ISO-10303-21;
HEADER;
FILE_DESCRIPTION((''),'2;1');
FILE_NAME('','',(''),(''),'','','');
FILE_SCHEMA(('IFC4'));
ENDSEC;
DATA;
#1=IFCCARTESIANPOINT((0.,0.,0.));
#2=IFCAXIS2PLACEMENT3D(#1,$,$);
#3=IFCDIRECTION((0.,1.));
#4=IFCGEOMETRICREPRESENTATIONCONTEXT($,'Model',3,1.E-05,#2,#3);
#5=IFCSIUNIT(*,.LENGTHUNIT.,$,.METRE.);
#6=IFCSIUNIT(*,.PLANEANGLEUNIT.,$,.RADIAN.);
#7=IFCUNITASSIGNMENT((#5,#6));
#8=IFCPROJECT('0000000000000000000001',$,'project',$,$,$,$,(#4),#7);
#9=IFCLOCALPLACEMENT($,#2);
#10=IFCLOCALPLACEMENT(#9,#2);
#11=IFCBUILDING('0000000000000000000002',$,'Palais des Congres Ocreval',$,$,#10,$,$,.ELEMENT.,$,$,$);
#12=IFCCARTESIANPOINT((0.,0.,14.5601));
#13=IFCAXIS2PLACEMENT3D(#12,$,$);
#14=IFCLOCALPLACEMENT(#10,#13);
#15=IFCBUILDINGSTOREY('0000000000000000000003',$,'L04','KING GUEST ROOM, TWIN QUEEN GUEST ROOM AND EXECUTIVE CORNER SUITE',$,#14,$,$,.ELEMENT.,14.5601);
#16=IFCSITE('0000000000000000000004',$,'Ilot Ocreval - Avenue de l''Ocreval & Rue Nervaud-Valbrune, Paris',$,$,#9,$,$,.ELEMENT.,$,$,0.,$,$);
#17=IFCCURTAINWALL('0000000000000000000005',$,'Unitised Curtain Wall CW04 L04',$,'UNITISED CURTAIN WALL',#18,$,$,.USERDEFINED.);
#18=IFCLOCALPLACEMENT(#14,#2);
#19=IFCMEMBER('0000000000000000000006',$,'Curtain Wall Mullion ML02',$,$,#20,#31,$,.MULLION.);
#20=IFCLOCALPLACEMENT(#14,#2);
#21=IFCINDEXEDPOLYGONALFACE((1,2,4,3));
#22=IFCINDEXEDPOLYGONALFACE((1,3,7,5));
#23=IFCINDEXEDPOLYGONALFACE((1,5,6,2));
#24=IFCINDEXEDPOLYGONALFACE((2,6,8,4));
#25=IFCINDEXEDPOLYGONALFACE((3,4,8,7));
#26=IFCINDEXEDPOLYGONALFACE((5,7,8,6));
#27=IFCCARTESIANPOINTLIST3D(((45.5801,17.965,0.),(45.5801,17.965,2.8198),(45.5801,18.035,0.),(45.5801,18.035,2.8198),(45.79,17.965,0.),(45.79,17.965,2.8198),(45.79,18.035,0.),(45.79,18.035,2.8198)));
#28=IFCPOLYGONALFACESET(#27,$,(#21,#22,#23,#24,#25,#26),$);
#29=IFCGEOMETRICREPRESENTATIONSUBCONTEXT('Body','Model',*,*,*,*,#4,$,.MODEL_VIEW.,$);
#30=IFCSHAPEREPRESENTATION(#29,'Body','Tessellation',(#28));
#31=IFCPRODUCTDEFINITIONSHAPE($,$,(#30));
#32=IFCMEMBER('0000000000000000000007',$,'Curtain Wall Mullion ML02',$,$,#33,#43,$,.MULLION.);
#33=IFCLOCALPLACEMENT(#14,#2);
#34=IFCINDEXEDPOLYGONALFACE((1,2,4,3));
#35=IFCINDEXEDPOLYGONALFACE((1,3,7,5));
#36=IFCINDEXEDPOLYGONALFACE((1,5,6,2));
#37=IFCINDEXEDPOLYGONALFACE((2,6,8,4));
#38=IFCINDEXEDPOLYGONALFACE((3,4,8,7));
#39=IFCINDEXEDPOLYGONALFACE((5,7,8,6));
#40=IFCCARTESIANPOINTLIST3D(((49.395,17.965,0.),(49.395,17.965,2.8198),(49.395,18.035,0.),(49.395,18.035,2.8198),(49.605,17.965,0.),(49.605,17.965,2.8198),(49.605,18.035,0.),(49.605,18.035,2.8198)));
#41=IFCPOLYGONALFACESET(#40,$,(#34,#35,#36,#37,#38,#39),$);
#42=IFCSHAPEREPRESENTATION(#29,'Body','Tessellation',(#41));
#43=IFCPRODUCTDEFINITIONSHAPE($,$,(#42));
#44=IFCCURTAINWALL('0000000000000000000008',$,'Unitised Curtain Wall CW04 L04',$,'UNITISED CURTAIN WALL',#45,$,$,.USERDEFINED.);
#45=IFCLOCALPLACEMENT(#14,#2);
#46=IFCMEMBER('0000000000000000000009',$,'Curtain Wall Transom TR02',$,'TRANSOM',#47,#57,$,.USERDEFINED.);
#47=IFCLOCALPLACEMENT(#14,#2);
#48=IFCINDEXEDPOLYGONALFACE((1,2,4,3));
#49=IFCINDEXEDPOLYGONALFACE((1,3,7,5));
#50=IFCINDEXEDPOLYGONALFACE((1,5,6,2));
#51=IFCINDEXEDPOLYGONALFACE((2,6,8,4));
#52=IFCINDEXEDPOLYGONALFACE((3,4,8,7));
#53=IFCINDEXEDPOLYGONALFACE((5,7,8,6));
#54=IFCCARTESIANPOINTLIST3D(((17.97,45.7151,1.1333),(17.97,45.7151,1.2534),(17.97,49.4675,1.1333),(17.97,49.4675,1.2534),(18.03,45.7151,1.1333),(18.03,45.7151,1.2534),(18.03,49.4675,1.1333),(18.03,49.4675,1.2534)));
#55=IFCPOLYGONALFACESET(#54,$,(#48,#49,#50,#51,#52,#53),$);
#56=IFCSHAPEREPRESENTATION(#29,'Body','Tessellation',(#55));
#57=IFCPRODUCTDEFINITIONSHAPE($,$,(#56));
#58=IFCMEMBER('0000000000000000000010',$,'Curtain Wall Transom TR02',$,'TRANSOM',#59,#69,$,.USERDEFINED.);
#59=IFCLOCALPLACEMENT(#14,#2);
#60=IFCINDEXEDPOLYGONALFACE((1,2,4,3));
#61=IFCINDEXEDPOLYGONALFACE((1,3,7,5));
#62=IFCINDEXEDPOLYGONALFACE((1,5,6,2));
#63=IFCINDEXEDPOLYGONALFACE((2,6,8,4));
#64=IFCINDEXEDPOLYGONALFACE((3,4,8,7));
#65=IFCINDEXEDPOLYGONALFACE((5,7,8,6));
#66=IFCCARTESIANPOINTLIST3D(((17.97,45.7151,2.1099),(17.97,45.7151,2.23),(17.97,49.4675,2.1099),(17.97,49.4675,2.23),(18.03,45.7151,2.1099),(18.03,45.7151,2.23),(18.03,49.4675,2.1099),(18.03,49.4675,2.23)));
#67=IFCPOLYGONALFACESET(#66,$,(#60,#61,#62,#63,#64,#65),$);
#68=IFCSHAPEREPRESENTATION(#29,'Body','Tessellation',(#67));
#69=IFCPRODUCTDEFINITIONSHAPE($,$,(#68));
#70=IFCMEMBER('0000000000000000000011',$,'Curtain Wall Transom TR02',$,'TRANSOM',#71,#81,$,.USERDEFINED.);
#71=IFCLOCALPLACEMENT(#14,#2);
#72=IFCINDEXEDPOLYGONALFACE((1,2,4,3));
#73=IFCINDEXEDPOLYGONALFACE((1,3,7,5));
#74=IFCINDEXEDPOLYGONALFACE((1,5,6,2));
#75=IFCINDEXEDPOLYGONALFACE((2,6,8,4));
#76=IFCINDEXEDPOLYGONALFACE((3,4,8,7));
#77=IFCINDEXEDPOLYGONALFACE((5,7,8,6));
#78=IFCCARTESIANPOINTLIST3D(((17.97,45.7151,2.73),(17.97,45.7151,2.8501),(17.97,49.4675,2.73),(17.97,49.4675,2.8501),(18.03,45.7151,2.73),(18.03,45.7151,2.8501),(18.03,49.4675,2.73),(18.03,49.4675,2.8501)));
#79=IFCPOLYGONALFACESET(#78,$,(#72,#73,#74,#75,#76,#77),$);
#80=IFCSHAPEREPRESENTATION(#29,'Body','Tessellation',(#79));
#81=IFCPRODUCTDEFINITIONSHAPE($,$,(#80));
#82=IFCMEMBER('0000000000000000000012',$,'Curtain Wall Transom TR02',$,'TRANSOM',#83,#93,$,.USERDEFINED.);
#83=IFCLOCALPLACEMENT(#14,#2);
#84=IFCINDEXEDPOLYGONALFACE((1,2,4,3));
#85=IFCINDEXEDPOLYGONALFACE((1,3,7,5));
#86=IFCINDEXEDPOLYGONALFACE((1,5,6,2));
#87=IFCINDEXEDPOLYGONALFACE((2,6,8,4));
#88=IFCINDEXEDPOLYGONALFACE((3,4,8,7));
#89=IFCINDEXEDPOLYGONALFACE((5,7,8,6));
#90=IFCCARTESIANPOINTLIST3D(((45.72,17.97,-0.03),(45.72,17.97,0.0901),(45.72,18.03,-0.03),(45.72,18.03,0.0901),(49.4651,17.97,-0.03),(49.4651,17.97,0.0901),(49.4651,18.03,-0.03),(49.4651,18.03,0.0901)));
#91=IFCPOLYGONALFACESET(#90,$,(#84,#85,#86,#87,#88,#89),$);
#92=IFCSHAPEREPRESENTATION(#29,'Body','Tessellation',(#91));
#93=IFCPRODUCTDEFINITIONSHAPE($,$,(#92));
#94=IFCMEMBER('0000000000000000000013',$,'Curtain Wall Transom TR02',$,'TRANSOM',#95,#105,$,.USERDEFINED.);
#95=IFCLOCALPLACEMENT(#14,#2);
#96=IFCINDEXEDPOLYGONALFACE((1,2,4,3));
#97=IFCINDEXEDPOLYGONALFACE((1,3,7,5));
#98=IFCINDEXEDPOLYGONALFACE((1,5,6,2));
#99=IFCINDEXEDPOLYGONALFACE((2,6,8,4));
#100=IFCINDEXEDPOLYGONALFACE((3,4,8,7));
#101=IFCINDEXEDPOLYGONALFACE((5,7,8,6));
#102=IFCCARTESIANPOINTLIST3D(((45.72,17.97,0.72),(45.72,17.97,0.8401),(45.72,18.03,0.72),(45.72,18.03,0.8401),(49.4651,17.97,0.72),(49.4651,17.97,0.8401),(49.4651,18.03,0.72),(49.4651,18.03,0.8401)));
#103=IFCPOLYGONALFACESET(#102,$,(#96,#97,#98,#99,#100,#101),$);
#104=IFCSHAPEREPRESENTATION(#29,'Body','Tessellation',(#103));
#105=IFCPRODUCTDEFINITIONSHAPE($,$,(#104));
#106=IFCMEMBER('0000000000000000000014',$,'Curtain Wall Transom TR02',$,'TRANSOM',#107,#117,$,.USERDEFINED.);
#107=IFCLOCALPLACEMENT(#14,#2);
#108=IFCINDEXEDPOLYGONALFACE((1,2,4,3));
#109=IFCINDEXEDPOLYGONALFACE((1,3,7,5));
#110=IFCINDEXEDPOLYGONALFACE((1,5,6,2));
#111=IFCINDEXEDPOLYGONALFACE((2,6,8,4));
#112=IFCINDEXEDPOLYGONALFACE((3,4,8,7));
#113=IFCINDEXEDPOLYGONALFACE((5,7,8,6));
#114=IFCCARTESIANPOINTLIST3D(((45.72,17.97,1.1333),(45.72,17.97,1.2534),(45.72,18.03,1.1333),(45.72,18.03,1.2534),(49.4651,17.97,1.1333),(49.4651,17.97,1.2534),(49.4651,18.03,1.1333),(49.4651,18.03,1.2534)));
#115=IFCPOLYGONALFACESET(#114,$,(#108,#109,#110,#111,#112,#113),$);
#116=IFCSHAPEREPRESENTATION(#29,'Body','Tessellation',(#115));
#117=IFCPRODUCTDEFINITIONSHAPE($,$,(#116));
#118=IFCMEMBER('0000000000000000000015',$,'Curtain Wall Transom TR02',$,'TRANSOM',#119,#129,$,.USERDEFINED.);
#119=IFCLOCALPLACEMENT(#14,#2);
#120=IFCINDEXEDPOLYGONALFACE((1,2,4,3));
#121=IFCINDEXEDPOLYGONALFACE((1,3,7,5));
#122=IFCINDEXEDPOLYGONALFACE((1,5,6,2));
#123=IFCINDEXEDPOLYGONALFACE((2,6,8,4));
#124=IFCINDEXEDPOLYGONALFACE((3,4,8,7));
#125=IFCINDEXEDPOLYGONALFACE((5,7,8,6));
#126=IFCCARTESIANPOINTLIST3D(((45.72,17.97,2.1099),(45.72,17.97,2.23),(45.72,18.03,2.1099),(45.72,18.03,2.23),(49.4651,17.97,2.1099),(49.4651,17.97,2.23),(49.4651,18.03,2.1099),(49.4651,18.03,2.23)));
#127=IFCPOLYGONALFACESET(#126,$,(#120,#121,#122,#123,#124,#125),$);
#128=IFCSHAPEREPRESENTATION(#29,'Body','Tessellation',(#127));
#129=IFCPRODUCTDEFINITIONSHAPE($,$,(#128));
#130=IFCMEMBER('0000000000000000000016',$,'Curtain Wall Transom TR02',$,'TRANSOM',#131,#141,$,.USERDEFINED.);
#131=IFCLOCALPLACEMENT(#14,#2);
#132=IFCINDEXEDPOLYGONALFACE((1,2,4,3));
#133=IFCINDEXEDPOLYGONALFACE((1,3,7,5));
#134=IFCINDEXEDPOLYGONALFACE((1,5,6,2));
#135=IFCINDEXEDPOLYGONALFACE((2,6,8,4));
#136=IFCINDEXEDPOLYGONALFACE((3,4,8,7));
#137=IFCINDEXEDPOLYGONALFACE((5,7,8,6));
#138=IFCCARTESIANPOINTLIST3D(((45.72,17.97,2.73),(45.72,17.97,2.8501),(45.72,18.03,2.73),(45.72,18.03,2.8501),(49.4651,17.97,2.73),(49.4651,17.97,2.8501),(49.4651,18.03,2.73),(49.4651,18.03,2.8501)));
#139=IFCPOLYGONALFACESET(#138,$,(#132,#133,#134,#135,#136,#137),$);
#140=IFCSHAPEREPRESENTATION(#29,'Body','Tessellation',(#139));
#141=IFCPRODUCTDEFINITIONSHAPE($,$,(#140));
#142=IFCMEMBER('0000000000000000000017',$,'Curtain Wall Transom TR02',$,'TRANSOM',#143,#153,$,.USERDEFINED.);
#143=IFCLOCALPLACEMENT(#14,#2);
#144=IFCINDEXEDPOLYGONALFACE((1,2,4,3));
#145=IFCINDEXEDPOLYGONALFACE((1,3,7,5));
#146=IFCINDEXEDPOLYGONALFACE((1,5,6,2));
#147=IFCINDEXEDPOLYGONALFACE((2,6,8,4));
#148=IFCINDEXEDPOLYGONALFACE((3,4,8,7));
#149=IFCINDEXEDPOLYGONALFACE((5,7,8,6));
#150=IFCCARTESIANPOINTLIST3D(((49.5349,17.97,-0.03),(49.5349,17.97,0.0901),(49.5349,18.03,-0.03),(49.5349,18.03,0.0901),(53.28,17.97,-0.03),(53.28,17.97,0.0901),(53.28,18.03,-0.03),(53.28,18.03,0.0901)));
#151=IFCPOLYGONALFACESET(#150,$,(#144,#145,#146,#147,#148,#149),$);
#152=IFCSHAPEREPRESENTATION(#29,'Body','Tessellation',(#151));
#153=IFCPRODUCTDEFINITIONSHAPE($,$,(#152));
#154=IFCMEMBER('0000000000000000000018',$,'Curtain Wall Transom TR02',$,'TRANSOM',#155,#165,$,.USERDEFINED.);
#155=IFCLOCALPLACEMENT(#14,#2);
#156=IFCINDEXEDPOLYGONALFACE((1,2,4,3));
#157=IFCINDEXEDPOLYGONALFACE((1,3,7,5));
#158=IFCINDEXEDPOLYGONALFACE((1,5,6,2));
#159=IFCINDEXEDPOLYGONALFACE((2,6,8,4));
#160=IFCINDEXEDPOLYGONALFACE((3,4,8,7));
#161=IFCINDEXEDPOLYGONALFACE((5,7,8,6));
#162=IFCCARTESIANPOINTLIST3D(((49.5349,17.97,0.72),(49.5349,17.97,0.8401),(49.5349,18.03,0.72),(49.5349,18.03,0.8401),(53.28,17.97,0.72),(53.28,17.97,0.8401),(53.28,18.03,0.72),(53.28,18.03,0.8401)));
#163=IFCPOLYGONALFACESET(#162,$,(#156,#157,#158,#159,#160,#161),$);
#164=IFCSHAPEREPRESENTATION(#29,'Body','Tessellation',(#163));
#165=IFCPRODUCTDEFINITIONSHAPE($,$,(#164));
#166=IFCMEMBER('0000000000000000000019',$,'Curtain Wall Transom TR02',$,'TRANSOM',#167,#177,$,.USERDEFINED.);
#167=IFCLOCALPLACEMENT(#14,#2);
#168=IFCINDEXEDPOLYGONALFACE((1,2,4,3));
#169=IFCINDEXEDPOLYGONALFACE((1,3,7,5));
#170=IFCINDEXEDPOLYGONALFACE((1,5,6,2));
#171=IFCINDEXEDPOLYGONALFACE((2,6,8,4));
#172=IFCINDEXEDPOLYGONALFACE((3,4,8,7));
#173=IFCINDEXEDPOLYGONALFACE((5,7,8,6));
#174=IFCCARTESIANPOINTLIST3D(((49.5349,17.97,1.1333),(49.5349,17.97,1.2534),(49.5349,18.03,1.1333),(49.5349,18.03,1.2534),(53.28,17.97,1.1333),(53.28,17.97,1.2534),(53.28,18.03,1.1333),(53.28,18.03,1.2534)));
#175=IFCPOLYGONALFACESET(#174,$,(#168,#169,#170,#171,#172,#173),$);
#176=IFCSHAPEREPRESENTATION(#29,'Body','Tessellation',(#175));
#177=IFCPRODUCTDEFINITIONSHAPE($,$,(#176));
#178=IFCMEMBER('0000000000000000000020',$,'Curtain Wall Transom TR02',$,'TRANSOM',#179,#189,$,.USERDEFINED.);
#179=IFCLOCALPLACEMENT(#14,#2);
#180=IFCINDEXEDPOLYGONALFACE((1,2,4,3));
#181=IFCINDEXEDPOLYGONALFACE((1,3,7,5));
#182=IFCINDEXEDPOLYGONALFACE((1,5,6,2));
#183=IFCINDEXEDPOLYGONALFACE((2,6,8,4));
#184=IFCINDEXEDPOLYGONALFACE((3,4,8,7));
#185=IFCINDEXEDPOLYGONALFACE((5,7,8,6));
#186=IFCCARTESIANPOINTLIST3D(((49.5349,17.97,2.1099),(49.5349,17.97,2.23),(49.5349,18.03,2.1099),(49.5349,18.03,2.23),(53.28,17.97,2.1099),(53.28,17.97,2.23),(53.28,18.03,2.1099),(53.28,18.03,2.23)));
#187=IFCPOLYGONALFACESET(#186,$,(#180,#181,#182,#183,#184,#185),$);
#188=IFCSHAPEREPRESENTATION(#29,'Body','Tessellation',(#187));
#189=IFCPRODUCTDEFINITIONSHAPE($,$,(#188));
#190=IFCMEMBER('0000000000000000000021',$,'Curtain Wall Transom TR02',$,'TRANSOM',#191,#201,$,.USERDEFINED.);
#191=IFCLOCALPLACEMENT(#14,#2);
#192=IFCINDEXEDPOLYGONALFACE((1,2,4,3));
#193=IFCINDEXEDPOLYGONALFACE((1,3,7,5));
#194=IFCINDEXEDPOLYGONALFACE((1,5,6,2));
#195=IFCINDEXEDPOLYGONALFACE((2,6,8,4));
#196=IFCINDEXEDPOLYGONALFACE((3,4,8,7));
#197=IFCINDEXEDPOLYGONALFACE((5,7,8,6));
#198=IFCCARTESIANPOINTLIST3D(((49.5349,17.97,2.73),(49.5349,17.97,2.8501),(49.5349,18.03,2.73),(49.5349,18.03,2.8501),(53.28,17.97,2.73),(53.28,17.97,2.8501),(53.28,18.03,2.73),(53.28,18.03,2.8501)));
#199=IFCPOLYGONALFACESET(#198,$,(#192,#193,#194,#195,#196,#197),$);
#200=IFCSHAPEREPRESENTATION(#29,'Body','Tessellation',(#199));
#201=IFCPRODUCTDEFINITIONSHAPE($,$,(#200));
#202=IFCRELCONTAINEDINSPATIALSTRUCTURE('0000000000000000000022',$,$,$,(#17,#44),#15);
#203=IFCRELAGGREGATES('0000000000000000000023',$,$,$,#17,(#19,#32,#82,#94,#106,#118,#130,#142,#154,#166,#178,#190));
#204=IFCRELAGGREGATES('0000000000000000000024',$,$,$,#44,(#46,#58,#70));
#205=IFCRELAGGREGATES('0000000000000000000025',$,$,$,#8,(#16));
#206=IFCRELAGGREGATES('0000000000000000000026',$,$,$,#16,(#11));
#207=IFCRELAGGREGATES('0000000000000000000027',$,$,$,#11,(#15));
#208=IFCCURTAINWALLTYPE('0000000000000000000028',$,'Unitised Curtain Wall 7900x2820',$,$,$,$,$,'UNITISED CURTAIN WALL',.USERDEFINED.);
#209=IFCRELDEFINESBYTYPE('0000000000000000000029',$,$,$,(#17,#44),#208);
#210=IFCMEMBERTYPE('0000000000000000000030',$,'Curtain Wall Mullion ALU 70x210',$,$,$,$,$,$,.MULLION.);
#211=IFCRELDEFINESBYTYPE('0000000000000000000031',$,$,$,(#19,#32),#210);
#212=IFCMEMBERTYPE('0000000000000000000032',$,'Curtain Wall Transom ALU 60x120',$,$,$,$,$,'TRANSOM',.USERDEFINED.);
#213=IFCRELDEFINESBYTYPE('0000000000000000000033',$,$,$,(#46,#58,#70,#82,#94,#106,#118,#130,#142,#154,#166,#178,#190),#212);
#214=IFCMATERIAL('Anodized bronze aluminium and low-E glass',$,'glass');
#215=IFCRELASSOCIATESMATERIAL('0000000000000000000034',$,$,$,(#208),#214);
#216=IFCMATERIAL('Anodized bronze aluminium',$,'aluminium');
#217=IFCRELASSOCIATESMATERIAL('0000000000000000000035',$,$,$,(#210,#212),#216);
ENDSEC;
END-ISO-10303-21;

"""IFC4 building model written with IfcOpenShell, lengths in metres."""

from ifc_helpers import new_model, si_unit, direction, frame, origin, origin_2d, place, context, subcontext, project, spatial, rectangle, extrude, material, material_profile, profile_set, type_object, element, aggregate, save


model = new_model("IFC4")

# Units and contexts
model_context = context("Model", 3, precision=1e-05, world=origin(), true_north=direction((0.0, 1.0)))
body_context = subcontext(model_context, "Body", "Model", "MODEL_VIEW")
ifc_project = project(units=[si_unit("LENGTHUNIT", "METRE"), si_unit("PLANEANGLEUNIT", "RADIAN")], contexts=[model_context])

# Site, building, storey
site_placement = place(None, origin())
site = spatial("IfcSite", under=ifc_project, at=site_placement, Name="Ilot Ocreval - Avenue de l'Ocreval & Rue Nervaud-Valbrune, Paris", CompositionType="ELEMENT", RefElevation=0.0)
building_placement = place(site_placement, origin())
building = spatial("IfcBuilding", under=site, at=building_placement, Name="Palais des Congres Ocreval", CompositionType="ELEMENT")
storey_placement = place(building_placement, frame((0.0, 0.0, 14.5601)))
storey = spatial("IfcBuildingStorey", under=building, at=storey_placement, Name="L04", Description="KING GUEST ROOM, TWIN QUEEN GUEST ROOM AND EXECUTIVE CORNER SUITE", CompositionType="ELEMENT", Elevation=14.5601)

# Curtain walls, members
ifc_material_1 = material(Name="Anodized bronze aluminium and low-E glass", Category="glass")
curtain_wall_type = type_object("IfcCurtainWallType", Name="Unitised Curtain Wall 7900x2820", ElementType="UNITISED CURTAIN WALL", PredefinedType="USERDEFINED", material=ifc_material_1)
curtain_wall_1_placement = place(storey_placement, origin())
curtain_wall_1 = element("IfcCurtainWall", 1, at=curtain_wall_1_placement, inside=storey, type_object=curtain_wall_type, Name="Unitised Curtain Wall CW04 L04", ObjectType="UNITISED CURTAIN WALL", PredefinedType="USERDEFINED")
ifc_material_2 = material(Name="Anodized bronze aluminium", Category="aluminium")
ifc_material_profile_1 = material_profile(ifc_material_2, rectangle(XDim=0.0701, YDim=0.21, at=origin_2d()), Name="ALU 70x210")
ifc_profile_set_1 = profile_set([ifc_material_profile_1], Name="Anodized bronze aluminium")
member_type_1 = type_object("IfcMemberType", Name="Curtain Wall Mullion ALU 70x210", PredefinedType="MULLION", material=ifc_profile_set_1)
member_1_placement = place(storey_placement, frame((45.6851, 18.0, 0.0), z_axis=(0.0, 0.0, 1.0), x_axis=(0.0, 1.0, 0.0)))
member_1 = element("IfcMember", 2, at=member_1_placement, type_object=member_type_1, Name="Curtain Wall Mullion ML02", PredefinedType="MULLION", context=body_context, shape_type="SweptSolid", body=[
    extrude(rectangle(XDim=0.0701, YDim=0.21, at=origin_2d()), origin(), (0.0, 0.0, 1.0), 2.8198),
])
member_2_placement = place(storey_placement, frame((49.5, 18.0, 0.0), z_axis=(0.0, 0.0, 1.0), x_axis=(0.0, 1.0, 0.0)))
member_2 = element("IfcMember", 3, at=member_2_placement, type_object=member_type_1, Name="Curtain Wall Mullion ML02", PredefinedType="MULLION", context=body_context, shape_type="SweptSolid", body=[
    extrude(rectangle(XDim=0.0701, YDim=0.21, at=origin_2d()), origin(), (0.0, 0.0, 1.0), 2.8198),
])
curtain_wall_2_placement = place(storey_placement, origin())
curtain_wall_2 = element("IfcCurtainWall", 4, at=curtain_wall_2_placement, inside=storey, type_object=curtain_wall_type, Name="Unitised Curtain Wall CW04 L04", ObjectType="UNITISED CURTAIN WALL", PredefinedType="USERDEFINED")
ifc_material_profile_2 = material_profile(ifc_material_2, rectangle(XDim=0.0601, YDim=0.1201, at=origin_2d()), Name="ALU 60x120")
ifc_profile_set_2 = profile_set([ifc_material_profile_2], Name="Anodized bronze aluminium")
member_type_2 = type_object("IfcMemberType", Name="Curtain Wall Transom ALU 60x120", ElementType="TRANSOM", PredefinedType="USERDEFINED", material=ifc_profile_set_2)
member_3_placement = place(storey_placement, frame((18.0, 49.4675, 1.1934), z_axis=(0.0, -1.0, 0.0), x_axis=(1.0, 0.0, 0.0)))
member_3 = element("IfcMember", 5, at=member_3_placement, type_object=member_type_2, Name="Curtain Wall Transom TR02", ObjectType="TRANSOM", PredefinedType="USERDEFINED", context=body_context, shape_type="SweptSolid", body=[
    extrude(rectangle(XDim=0.0601, YDim=0.1201, at=origin_2d()), origin(), (0.0, 0.0, 1.0), 3.7524),
])
member_4_placement = place(storey_placement, frame((18.0, 49.4675, 2.1699), z_axis=(0.0, -1.0, 0.0), x_axis=(1.0, 0.0, 0.0)))
member_4 = element("IfcMember", 6, at=member_4_placement, type_object=member_type_2, Name="Curtain Wall Transom TR02", ObjectType="TRANSOM", PredefinedType="USERDEFINED", context=body_context, shape_type="SweptSolid", body=[
    extrude(rectangle(XDim=0.0601, YDim=0.1201, at=origin_2d()), origin(), (0.0, 0.0, 1.0), 3.7524),
])
member_5_placement = place(storey_placement, frame((18.0, 49.4675, 2.79), z_axis=(0.0, -1.0, 0.0), x_axis=(1.0, 0.0, 0.0)))
member_5 = element("IfcMember", 7, at=member_5_placement, type_object=member_type_2, Name="Curtain Wall Transom TR02", ObjectType="TRANSOM", PredefinedType="USERDEFINED", context=body_context, shape_type="SweptSolid", body=[
    extrude(rectangle(XDim=0.0601, YDim=0.1201, at=origin_2d()), origin(), (0.0, 0.0, 1.0), 3.7524),
])

# Members
member_6_placement = place(storey_placement, frame((45.72, 18.0, 0.03), z_axis=(1.0, 0.0, 0.0), x_axis=(0.0, 1.0, 0.0)))
member_6 = element("IfcMember", 8, at=member_6_placement, type_object=member_type_2, Name="Curtain Wall Transom TR02", ObjectType="TRANSOM", PredefinedType="USERDEFINED", context=body_context, shape_type="SweptSolid", body=[
    extrude(rectangle(XDim=0.0601, YDim=0.1201, at=origin_2d()), origin(), (0.0, 0.0, 1.0), 3.7451),
])
member_7_placement = place(storey_placement, frame((45.72, 18.0, 0.78), z_axis=(1.0, 0.0, 0.0), x_axis=(0.0, 1.0, 0.0)))
member_7 = element("IfcMember", 9, at=member_7_placement, type_object=member_type_2, Name="Curtain Wall Transom TR02", ObjectType="TRANSOM", PredefinedType="USERDEFINED", context=body_context, shape_type="SweptSolid", body=[
    extrude(rectangle(XDim=0.0601, YDim=0.1201, at=origin_2d()), origin(), (0.0, 0.0, 1.0), 3.7451),
])
member_8_placement = place(storey_placement, frame((45.72, 18.0, 1.1934), z_axis=(1.0, 0.0, 0.0), x_axis=(0.0, 1.0, 0.0)))
member_8 = element("IfcMember", 10, at=member_8_placement, type_object=member_type_2, Name="Curtain Wall Transom TR02", ObjectType="TRANSOM", PredefinedType="USERDEFINED", context=body_context, shape_type="SweptSolid", body=[
    extrude(rectangle(XDim=0.0601, YDim=0.1201, at=origin_2d()), origin(), (0.0, 0.0, 1.0), 3.7451),
])
member_9_placement = place(storey_placement, frame((45.72, 18.0, 2.1699), z_axis=(1.0, 0.0, 0.0), x_axis=(0.0, 1.0, 0.0)))
member_9 = element("IfcMember", 11, at=member_9_placement, type_object=member_type_2, Name="Curtain Wall Transom TR02", ObjectType="TRANSOM", PredefinedType="USERDEFINED", context=body_context, shape_type="SweptSolid", body=[
    extrude(rectangle(XDim=0.0601, YDim=0.1201, at=origin_2d()), origin(), (0.0, 0.0, 1.0), 3.7451),
])
member_10_placement = place(storey_placement, frame((45.72, 18.0, 2.79), z_axis=(1.0, 0.0, 0.0), x_axis=(0.0, 1.0, 0.0)))
member_10 = element("IfcMember", 12, at=member_10_placement, type_object=member_type_2, Name="Curtain Wall Transom TR02", ObjectType="TRANSOM", PredefinedType="USERDEFINED", context=body_context, shape_type="SweptSolid", body=[
    extrude(rectangle(XDim=0.0601, YDim=0.1201, at=origin_2d()), origin(), (0.0, 0.0, 1.0), 3.7451),
])
member_11_placement = place(storey_placement, frame((49.5349, 18.0, 0.03), z_axis=(1.0, 0.0, 0.0), x_axis=(0.0, 1.0, 0.0)))
member_11 = element("IfcMember", 13, at=member_11_placement, type_object=member_type_2, Name="Curtain Wall Transom TR02", ObjectType="TRANSOM", PredefinedType="USERDEFINED", context=body_context, shape_type="SweptSolid", body=[
    extrude(rectangle(XDim=0.0601, YDim=0.1201, at=origin_2d()), origin(), (0.0, 0.0, 1.0), 3.7451),
])
member_12_placement = place(storey_placement, frame((49.5349, 18.0, 0.78), z_axis=(1.0, 0.0, 0.0), x_axis=(0.0, 1.0, 0.0)))
member_12 = element("IfcMember", 14, at=member_12_placement, type_object=member_type_2, Name="Curtain Wall Transom TR02", ObjectType="TRANSOM", PredefinedType="USERDEFINED", context=body_context, shape_type="SweptSolid", body=[
    extrude(rectangle(XDim=0.0601, YDim=0.1201, at=origin_2d()), origin(), (0.0, 0.0, 1.0), 3.7451),
])
member_13_placement = place(storey_placement, frame((49.5349, 18.0, 1.1934), z_axis=(1.0, 0.0, 0.0), x_axis=(0.0, 1.0, 0.0)))
member_13 = element("IfcMember", 15, at=member_13_placement, type_object=member_type_2, Name="Curtain Wall Transom TR02", ObjectType="TRANSOM", PredefinedType="USERDEFINED", context=body_context, shape_type="SweptSolid", body=[
    extrude(rectangle(XDim=0.0601, YDim=0.1201, at=origin_2d()), origin(), (0.0, 0.0, 1.0), 3.7451),
])
member_14_placement = place(storey_placement, frame((49.5349, 18.0, 2.1699), z_axis=(1.0, 0.0, 0.0), x_axis=(0.0, 1.0, 0.0)))
member_14 = element("IfcMember", 16, at=member_14_placement, type_object=member_type_2, Name="Curtain Wall Transom TR02", ObjectType="TRANSOM", PredefinedType="USERDEFINED", context=body_context, shape_type="SweptSolid", body=[
    extrude(rectangle(XDim=0.0601, YDim=0.1201, at=origin_2d()), origin(), (0.0, 0.0, 1.0), 3.7451),
])
member_15_placement = place(storey_placement, frame((49.5349, 18.0, 2.79), z_axis=(1.0, 0.0, 0.0), x_axis=(0.0, 1.0, 0.0)))
member_15 = element("IfcMember", 17, at=member_15_placement, type_object=member_type_2, Name="Curtain Wall Transom TR02", ObjectType="TRANSOM", PredefinedType="USERDEFINED", context=body_context, shape_type="SweptSolid", body=[
    extrude(rectangle(XDim=0.0601, YDim=0.1201, at=origin_2d()), origin(), (0.0, 0.0, 1.0), 3.7451),
])

aggregate(curtain_wall_1, [member_1, member_2, member_6, member_7, member_8, member_9, member_10, member_11, member_12, member_13, member_14, member_15])
aggregate(curtain_wall_2, [member_3, member_4, member_5])

save(model, "model.ifc")
